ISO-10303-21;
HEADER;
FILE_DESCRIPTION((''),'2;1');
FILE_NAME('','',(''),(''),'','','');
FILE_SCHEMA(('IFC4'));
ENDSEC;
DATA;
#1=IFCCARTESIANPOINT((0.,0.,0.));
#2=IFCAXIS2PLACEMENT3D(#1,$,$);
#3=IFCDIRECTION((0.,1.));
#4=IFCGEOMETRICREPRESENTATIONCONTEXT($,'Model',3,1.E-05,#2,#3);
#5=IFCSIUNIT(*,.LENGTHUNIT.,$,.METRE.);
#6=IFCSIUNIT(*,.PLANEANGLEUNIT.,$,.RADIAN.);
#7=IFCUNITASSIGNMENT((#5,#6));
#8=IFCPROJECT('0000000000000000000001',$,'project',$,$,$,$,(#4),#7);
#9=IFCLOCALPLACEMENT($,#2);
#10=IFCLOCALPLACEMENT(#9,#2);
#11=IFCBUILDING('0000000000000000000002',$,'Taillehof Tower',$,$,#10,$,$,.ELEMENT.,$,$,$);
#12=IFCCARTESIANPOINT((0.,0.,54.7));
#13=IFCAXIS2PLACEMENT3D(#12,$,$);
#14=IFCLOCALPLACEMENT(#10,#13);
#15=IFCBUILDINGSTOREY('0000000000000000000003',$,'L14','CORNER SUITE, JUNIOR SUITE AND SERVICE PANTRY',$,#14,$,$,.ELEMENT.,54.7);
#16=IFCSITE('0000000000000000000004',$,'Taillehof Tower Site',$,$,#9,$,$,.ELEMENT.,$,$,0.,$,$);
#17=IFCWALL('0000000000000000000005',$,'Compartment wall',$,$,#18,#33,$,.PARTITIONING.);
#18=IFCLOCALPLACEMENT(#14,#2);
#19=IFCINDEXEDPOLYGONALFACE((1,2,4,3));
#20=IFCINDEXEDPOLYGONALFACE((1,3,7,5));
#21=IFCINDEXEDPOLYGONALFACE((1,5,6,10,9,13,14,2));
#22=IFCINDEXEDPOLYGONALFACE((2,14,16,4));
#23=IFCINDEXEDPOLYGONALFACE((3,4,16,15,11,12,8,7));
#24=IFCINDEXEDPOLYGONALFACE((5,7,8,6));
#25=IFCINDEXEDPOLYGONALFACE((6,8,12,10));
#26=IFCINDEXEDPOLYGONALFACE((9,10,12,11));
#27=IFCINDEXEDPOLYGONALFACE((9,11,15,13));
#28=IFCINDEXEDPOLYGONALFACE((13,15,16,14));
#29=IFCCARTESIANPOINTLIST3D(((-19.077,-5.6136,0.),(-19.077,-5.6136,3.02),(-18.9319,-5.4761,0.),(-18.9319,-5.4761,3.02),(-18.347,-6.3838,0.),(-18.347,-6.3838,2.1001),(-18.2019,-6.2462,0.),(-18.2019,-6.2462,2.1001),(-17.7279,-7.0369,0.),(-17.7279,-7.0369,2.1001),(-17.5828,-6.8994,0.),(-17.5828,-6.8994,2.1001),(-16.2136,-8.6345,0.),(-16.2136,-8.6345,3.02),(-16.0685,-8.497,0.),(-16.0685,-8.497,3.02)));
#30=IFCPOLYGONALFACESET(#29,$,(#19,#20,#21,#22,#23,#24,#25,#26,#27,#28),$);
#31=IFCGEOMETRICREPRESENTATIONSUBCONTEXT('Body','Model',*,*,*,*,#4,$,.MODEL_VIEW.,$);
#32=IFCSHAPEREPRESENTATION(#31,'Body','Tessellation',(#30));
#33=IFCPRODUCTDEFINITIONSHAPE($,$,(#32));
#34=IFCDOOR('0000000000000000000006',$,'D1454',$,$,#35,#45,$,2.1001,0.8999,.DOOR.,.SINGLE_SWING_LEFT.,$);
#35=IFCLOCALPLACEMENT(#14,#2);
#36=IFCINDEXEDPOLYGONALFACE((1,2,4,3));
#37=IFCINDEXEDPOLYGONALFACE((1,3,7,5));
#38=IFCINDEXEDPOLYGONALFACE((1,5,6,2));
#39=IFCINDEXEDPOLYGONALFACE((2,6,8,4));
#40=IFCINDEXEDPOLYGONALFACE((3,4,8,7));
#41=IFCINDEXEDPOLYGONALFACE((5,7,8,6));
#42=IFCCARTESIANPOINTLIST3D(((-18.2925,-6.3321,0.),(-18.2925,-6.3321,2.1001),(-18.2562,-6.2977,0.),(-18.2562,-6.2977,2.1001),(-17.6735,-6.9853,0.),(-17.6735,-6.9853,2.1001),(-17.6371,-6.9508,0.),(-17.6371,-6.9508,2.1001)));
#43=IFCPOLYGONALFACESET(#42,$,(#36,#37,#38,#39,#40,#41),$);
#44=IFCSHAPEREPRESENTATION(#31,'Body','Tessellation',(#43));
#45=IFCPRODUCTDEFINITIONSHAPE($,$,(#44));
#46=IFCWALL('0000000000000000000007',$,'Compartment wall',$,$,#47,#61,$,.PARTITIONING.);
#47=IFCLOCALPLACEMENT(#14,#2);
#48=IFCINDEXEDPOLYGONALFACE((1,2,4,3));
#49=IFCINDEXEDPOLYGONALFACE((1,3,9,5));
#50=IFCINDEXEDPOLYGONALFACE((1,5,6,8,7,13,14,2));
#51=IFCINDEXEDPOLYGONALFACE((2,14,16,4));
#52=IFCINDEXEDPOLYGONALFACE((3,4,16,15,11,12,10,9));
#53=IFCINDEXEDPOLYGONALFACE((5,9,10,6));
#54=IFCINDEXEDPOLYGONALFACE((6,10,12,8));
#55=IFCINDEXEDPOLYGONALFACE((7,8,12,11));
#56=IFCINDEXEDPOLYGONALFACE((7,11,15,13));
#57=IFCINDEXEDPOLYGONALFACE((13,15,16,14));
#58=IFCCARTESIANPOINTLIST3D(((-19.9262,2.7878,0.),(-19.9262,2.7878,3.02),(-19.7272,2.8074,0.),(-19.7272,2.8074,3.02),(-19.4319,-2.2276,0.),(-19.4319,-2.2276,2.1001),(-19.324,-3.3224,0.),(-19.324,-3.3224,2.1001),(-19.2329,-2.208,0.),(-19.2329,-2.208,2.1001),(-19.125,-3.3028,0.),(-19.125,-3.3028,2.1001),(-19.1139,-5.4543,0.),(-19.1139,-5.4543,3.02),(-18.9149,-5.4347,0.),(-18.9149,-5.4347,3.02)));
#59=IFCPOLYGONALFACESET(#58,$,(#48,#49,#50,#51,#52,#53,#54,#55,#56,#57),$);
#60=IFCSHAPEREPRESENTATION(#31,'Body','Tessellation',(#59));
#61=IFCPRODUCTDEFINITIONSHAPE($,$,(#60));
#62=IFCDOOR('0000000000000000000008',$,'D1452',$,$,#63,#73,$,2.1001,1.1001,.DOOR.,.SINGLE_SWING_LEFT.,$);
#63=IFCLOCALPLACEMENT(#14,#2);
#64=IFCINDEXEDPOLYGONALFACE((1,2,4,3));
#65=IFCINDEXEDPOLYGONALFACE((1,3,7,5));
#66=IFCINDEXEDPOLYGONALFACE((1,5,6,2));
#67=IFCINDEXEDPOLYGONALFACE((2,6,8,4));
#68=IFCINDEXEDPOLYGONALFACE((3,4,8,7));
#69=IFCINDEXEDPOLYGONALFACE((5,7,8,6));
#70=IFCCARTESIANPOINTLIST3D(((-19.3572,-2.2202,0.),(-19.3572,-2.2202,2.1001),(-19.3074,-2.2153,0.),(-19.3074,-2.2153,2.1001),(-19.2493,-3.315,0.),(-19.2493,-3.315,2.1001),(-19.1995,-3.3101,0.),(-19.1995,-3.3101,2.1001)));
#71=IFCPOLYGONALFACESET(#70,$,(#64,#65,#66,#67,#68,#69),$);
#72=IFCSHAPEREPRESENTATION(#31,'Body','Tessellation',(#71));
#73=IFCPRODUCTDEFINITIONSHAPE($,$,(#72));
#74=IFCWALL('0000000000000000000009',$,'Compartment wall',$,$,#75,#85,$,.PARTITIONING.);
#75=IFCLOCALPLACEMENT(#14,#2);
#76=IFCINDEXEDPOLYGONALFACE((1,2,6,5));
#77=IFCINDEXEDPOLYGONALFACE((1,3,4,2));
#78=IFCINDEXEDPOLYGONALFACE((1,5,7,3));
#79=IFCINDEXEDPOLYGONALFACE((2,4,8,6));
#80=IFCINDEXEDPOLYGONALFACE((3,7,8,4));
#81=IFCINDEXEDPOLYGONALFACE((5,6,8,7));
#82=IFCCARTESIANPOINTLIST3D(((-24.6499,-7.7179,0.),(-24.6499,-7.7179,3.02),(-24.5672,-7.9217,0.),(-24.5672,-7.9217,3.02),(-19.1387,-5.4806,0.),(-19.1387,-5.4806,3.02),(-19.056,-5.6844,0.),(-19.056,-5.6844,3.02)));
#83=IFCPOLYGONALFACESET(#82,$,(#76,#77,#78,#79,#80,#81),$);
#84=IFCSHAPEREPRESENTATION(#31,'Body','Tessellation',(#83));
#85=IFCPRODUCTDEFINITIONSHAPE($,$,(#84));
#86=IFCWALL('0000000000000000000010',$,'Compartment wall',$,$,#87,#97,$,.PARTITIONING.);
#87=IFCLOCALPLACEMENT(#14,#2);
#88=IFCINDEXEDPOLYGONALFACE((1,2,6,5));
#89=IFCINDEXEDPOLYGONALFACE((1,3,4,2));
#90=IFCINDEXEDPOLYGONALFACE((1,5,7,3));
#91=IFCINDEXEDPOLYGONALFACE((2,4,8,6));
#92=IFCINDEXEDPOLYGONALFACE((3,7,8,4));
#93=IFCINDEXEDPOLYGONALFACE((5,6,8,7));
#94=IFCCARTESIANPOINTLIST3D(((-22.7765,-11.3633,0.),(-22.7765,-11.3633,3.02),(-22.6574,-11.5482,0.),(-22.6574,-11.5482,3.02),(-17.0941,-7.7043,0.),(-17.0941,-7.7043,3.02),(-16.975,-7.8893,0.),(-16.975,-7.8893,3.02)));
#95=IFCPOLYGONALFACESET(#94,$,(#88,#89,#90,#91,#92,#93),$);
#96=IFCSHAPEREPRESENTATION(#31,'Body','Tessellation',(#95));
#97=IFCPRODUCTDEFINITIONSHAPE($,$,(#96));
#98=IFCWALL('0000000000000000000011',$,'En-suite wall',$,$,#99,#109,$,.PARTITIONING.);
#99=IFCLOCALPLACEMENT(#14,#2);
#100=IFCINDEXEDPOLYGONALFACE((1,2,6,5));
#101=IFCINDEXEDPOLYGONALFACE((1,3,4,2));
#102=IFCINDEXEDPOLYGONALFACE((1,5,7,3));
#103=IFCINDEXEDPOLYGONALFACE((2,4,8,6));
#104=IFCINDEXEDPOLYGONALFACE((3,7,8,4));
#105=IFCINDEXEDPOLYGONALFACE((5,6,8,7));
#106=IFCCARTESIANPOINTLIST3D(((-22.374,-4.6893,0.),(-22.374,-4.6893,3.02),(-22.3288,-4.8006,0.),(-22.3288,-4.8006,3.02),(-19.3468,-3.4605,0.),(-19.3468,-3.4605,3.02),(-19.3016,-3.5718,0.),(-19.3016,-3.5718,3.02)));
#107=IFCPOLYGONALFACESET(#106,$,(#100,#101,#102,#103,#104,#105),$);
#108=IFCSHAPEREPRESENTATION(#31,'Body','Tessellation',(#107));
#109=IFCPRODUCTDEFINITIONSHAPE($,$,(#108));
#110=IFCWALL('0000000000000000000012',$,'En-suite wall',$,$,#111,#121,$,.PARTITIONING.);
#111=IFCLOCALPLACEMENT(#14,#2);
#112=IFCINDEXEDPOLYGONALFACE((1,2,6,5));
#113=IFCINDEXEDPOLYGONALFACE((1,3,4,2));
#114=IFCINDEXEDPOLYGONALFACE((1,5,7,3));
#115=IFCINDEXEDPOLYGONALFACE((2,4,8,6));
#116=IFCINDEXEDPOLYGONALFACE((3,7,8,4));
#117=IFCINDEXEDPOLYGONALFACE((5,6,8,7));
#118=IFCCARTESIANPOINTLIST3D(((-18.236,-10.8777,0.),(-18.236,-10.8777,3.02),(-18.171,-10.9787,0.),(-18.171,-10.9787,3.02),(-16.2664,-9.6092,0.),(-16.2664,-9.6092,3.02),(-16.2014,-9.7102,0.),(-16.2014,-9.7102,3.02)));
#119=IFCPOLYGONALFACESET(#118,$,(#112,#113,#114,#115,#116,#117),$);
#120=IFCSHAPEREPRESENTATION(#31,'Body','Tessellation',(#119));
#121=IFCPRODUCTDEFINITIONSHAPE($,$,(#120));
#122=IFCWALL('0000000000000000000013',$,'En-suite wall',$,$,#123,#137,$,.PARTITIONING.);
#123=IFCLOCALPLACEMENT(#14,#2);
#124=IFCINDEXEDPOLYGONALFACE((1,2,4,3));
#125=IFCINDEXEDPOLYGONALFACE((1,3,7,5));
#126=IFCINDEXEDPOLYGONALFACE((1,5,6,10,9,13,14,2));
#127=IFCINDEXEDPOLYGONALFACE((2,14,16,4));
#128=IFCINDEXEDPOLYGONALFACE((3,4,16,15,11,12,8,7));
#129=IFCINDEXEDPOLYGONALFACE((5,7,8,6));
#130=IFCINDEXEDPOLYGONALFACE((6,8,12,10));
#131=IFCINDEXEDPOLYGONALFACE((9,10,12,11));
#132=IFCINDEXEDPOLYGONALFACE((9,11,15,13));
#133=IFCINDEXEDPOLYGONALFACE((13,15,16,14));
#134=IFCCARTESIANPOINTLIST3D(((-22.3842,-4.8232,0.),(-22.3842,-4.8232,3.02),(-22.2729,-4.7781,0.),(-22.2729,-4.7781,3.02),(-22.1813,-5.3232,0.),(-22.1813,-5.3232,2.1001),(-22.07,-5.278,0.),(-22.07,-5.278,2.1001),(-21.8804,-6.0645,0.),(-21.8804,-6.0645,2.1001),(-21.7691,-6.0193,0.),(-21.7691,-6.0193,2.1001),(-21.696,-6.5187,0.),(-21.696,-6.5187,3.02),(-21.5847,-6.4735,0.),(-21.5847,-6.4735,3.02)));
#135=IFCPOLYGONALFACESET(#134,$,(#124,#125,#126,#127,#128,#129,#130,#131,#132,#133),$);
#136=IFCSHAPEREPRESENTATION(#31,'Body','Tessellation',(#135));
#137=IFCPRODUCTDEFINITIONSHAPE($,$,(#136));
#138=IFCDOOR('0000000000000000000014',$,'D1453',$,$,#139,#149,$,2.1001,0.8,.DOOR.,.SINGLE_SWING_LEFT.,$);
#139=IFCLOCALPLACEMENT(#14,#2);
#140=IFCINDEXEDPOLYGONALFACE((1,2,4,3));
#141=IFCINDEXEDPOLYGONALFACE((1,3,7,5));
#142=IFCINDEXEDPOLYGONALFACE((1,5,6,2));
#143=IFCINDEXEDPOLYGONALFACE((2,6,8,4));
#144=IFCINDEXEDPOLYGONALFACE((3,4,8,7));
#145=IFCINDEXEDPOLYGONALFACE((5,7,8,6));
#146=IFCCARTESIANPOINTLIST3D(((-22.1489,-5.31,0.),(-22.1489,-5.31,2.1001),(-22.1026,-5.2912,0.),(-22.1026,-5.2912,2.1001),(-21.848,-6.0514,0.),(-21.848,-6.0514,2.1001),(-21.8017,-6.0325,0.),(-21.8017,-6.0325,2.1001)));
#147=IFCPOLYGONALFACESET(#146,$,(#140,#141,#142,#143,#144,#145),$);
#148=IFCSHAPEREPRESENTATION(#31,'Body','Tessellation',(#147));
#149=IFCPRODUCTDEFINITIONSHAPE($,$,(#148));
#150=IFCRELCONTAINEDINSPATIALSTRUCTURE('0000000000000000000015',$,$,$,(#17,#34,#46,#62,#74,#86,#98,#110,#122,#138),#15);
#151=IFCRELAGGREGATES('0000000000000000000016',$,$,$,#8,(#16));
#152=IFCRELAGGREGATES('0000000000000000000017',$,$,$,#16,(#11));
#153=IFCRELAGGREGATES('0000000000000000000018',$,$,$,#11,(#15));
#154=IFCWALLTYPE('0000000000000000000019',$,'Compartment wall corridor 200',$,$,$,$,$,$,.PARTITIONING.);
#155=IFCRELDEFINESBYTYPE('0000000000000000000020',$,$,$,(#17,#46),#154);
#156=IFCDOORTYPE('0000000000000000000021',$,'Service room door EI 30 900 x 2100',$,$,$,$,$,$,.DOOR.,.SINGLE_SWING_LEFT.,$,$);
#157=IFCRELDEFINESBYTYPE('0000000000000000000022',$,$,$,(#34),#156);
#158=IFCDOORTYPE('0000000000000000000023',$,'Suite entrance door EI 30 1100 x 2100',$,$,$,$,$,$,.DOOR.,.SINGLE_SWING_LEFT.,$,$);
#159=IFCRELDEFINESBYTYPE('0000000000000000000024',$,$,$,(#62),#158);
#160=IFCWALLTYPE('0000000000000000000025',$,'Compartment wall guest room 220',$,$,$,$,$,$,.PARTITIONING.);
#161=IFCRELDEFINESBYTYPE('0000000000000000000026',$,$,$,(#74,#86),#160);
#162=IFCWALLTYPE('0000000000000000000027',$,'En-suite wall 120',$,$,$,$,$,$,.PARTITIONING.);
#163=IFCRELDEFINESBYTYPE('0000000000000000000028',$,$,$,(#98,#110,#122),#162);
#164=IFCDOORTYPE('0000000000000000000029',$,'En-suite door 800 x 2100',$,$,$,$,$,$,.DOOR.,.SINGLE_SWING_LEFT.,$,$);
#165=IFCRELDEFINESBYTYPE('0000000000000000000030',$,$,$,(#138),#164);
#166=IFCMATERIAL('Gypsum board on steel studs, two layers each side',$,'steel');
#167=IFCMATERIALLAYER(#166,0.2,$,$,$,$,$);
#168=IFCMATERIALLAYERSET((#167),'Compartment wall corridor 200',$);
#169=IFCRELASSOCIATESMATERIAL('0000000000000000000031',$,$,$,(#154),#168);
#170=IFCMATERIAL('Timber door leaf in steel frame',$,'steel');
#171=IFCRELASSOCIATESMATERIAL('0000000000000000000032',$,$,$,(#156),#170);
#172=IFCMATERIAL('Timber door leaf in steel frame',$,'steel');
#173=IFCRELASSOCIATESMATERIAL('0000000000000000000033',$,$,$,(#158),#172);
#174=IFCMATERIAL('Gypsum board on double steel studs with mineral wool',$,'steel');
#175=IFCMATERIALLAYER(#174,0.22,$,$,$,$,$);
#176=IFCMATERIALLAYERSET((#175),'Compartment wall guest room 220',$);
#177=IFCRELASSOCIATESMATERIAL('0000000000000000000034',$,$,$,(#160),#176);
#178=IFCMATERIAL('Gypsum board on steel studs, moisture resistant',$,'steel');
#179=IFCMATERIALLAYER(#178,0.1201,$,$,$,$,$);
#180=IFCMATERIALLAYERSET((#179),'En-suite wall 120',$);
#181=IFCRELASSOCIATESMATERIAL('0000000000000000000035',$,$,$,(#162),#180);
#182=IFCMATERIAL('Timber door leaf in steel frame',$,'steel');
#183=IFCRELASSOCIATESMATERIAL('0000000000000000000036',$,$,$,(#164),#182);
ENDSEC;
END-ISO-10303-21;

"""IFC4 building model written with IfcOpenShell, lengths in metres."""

from ifc_helpers import new_model, si_unit, direction, frame, frame_2d, origin, place, context, subcontext, project, spatial, rectangle, extrude, material, layer, layer_set, type_object, element, fill, save


model = new_model("IFC4")

# Units and contexts
model_context = context("Model", 3, precision=1e-05, world=origin(), true_north=direction((0.0, 1.0)))
body_context = subcontext(model_context, "Body", "Model", "MODEL_VIEW")
ifc_project = project(units=[si_unit("LENGTHUNIT", "METRE"), si_unit("PLANEANGLEUNIT", "RADIAN")], contexts=[model_context])

# Site, building, storey
site_placement = place(None, origin())
site = spatial("IfcSite", under=ifc_project, at=site_placement, Name="Taillehof Tower Site", CompositionType="ELEMENT", RefElevation=0.0)
building_placement = place(site_placement, origin())
building = spatial("IfcBuilding", under=site, at=building_placement, Name="Taillehof Tower", CompositionType="ELEMENT")
storey_placement = place(building_placement, frame((0.0, 0.0, 54.7)))
storey = spatial("IfcBuildingStorey", under=building, at=storey_placement, Name="L14", Description="CORNER SUITE, JUNIOR SUITE AND SERVICE PANTRY", CompositionType="ELEMENT", Elevation=54.7)

# Walls, openings, doors
ifc_material_1 = material(Name="Gypsum board on steel studs, two layers each side", Category="steel")
ifc_layer_1 = layer(ifc_material_1, 0.2)
ifc_layer_set_1 = layer_set([ifc_layer_1], Name="Compartment wall corridor 200")
wall_type_1 = type_object("IfcWallType", Name="Compartment wall corridor 200", PredefinedType="PARTITIONING", material=ifc_layer_set_1)
wall_1_placement = place(storey_placement, frame((-16.1411, -8.5657, 0.0), z_axis=(0.0, 0.0, 1.0), x_axis=(-0.687938, 0.725769, 0.0)))
wall_1 = element("IfcWall", 1, at=wall_1_placement, inside=storey, type_object=wall_type_1, Name="Compartment wall", PredefinedType="PARTITIONING", context=body_context, shape_type="SweptSolid", body=[
    extrude(rectangle(XDim=4.1624, YDim=0.2, at=frame_2d((2.0811, 0.0))), origin(), (0.0, 0.0, 1.0), 3.02),
])
opening_1_placement = place(wall_1_placement, frame((2.2012, 0.0, 0.0)))
opening_1 = element("IfcOpeningElement", 2, at=opening_1_placement, cuts=wall_1, PredefinedType="OPENING", context=body_context, shape_type="SweptSolid", body=[
    extrude(rectangle(XDim=0.8999, YDim=2.1001, at=frame_2d((0.45, 1.05))), frame((0.0, 0.1099, 0.0), z_axis=(0.0, -1.0, 0.0), x_axis=(1.0, 0.0, 0.0)), (0.0, 0.0, 1.0), 0.22),
])
ifc_material_2 = material(Name="Timber door leaf in steel frame", Category="steel")
door_type_1 = type_object("IfcDoorType", Name="Service room door EI 30 900 x 2100", OperationType="SINGLE_SWING_LEFT", PredefinedType="DOOR", material=ifc_material_2)
door_1_placement = place(opening_1_placement, origin())
door_1 = element("IfcDoor", 3, at=door_1_placement, inside=storey, type_object=door_type_1, Name="D1454", OperationType="SINGLE_SWING_LEFT", OverallHeight=2.1001, OverallWidth=0.8999, PredefinedType="DOOR", context=body_context, shape_type="SweptSolid", body=[
    extrude(rectangle(XDim=0.8999, YDim=2.1001, at=frame_2d((0.45, 1.05))), frame((0.0, 0.0249, 0.0), z_axis=(0.0, -1.0, 0.0), x_axis=(1.0, 0.0, 0.0)), (0.0, 0.0, 1.0), 0.05),
])
fill(opening_1, door_1)
wall_2_placement = place(storey_placement, frame((-19.0144, -5.4446, 0.0), z_axis=(0.0, 0.0, 1.0), x_axis=(-0.098076, 0.995179, 0.0)))
wall_2 = element("IfcWall", 4, at=wall_2_placement, inside=storey, type_object=wall_type_1, Name="Compartment wall", PredefinedType="PARTITIONING", context=body_context, shape_type="SweptSolid", body=[
    extrude(rectangle(XDim=8.282, YDim=0.2, at=frame_2d((4.1411, 0.0))), origin(), (0.0, 0.0, 1.0), 3.02),
])
opening_2_placement = place(wall_2_placement, frame((2.1423, 0.0, 0.0)))
opening_2 = element("IfcOpeningElement", 5, at=opening_2_placement, cuts=wall_2, PredefinedType="OPENING", context=body_context, shape_type="SweptSolid", body=[
    extrude(rectangle(XDim=1.1001, YDim=2.1001, at=frame_2d((0.55, 1.05))), frame((0.0, 0.1099, 0.0), z_axis=(0.0, -1.0, 0.0), x_axis=(1.0, 0.0, 0.0)), (0.0, 0.0, 1.0), 0.22),
])
ifc_material_3 = material(Name="Timber door leaf in steel frame", Category="steel")
door_type_2 = type_object("IfcDoorType", Name="Suite entrance door EI 30 1100 x 2100", OperationType="SINGLE_SWING_LEFT", PredefinedType="DOOR", material=ifc_material_3)
door_2_placement = place(opening_2_placement, origin())
door_2 = element("IfcDoor", 6, at=door_2_placement, inside=storey, type_object=door_type_2, Name="D1452", OperationType="SINGLE_SWING_LEFT", OverallHeight=2.1001, OverallWidth=1.1001, PredefinedType="DOOR", context=body_context, shape_type="SweptSolid", body=[
    extrude(rectangle(XDim=1.1001, YDim=2.1001, at=frame_2d((0.55, 1.05))), frame((0.0, 0.0249, 0.0), z_axis=(0.0, -1.0, 0.0), x_axis=(1.0, 0.0, 0.0)), (0.0, 0.0, 1.0), 0.05),
])
fill(opening_2, door_2)

# Walls
ifc_material_4 = material(Name="Gypsum board on double steel studs with mineral wool", Category="steel")
ifc_layer_2 = layer(ifc_material_4, 0.22)
ifc_layer_set_2 = layer_set([ifc_layer_2], Name="Compartment wall guest room 220")
wall_type_2 = type_object("IfcWallType", Name="Compartment wall guest room 220", PredefinedType="PARTITIONING", material=ifc_layer_set_2)
wall_3_placement = place(storey_placement, frame((-24.6086, -7.8198, 0.0), z_axis=(0.0, 0.0, 1.0), x_axis=(0.926562, 0.376141, 0.0)))
element("IfcWall", 7, at=wall_3_placement, inside=storey, type_object=wall_type_2, Name="Compartment wall", PredefinedType="PARTITIONING", context=body_context, shape_type="SweptSolid", body=[
    extrude(rectangle(XDim=5.948, YDim=0.22, at=frame_2d((2.9741, 0.0))), origin(), (0.0, 0.0, 1.0), 3.02),
])
wall_4_placement = place(storey_placement, frame((-22.717, -11.4558, 0.0), z_axis=(0.0, 0.0, 1.0), x_axis=(0.840776, 0.541384, 0.0)))
element("IfcWall", 8, at=wall_4_placement, inside=storey, type_object=wall_type_2, Name="Compartment wall", PredefinedType="PARTITIONING", context=body_context, shape_type="SweptSolid", body=[
    extrude(rectangle(XDim=6.7585, YDim=0.22, at=frame_2d((3.3794, 0.0))), origin(), (0.0, 0.0, 1.0), 3.02),
])
ifc_material_5 = material(Name="Gypsum board on steel studs, moisture resistant", Category="steel")
ifc_layer_3 = layer(ifc_material_5, 0.1201)
ifc_layer_set_3 = layer_set([ifc_layer_3], Name="En-suite wall 120")
wall_type_3 = type_object("IfcWallType", Name="En-suite wall 120", PredefinedType="PARTITIONING", material=ifc_layer_set_3)
wall_5_placement = place(storey_placement, frame((-19.3242, -3.5161, 0.0), z_axis=(0.0, 0.0, 1.0), x_axis=(-0.926573, -0.376114, 0.0)))
element("IfcWall", 9, at=wall_5_placement, inside=storey, type_object=wall_type_3, Name="En-suite wall", PredefinedType="PARTITIONING", context=body_context, shape_type="SweptSolid", body=[
    extrude(rectangle(XDim=3.2671, YDim=0.1201, at=frame_2d((1.6335, 0.0))), origin(), (0.0, 0.0, 1.0), 3.02),
])
wall_6_placement = place(storey_placement, frame((-16.2339, -9.6597, 0.0), z_axis=(0.0, 0.0, 1.0), x_axis=(-0.840731, -0.541453, 0.0)))
element("IfcWall", 10, at=wall_6_placement, inside=storey, type_object=wall_type_3, Name="En-suite wall", PredefinedType="PARTITIONING", context=body_context, shape_type="SweptSolid", body=[
    extrude(rectangle(XDim=2.3428, YDim=0.1201, at=frame_2d((1.1714, 0.0))), origin(), (0.0, 0.0, 1.0), 3.02),
])

# Wall, opening, door
wall_7_placement = place(storey_placement, frame((-22.3286, -4.8005, 0.0), z_axis=(0.0, 0.0, 1.0), x_axis=(0.376101, -0.926578, 0.0)))
wall_7 = element("IfcWall", 11, at=wall_7_placement, inside=storey, type_object=wall_type_3, Name="En-suite wall", PredefinedType="PARTITIONING", context=body_context, shape_type="SweptSolid", body=[
    extrude(rectangle(XDim=1.8298, YDim=0.1201, at=frame_2d((0.915, 0.0))), origin(), (0.0, 0.0, 1.0), 3.02),
])
opening_3_placement = place(wall_7_placement, frame((0.5398, 0.0, 0.0)))
opening_3 = element("IfcOpeningElement", 12, at=opening_3_placement, cuts=wall_7, PredefinedType="OPENING", context=body_context, shape_type="SweptSolid", body=[
    extrude(rectangle(XDim=0.8, YDim=2.1001, at=frame_2d((0.3999, 1.05))), frame((0.0, 0.0701, 0.0), z_axis=(0.0, -1.0, 0.0), x_axis=(1.0, 0.0, 0.0)), (0.0, 0.0, 1.0), 0.1401),
])
ifc_material_6 = material(Name="Timber door leaf in steel frame", Category="steel")
door_type_3 = type_object("IfcDoorType", Name="En-suite door 800 x 2100", OperationType="SINGLE_SWING_LEFT", PredefinedType="DOOR", material=ifc_material_6)
door_3_placement = place(opening_3_placement, origin())
door_3 = element("IfcDoor", 13, at=door_3_placement, inside=storey, type_object=door_type_3, Name="D1453", OperationType="SINGLE_SWING_LEFT", OverallHeight=2.1001, OverallWidth=0.8, PredefinedType="DOOR", context=body_context, shape_type="SweptSolid", body=[
    extrude(rectangle(XDim=0.8, YDim=2.1001, at=frame_2d((0.3999, 1.05))), frame((0.0, 0.0249, 0.0), z_axis=(0.0, -1.0, 0.0), x_axis=(1.0, 0.0, 0.0)), (0.0, 0.0, 1.0), 0.05),
])
fill(opening_3, door_3)

save(model, "model.ifc")
